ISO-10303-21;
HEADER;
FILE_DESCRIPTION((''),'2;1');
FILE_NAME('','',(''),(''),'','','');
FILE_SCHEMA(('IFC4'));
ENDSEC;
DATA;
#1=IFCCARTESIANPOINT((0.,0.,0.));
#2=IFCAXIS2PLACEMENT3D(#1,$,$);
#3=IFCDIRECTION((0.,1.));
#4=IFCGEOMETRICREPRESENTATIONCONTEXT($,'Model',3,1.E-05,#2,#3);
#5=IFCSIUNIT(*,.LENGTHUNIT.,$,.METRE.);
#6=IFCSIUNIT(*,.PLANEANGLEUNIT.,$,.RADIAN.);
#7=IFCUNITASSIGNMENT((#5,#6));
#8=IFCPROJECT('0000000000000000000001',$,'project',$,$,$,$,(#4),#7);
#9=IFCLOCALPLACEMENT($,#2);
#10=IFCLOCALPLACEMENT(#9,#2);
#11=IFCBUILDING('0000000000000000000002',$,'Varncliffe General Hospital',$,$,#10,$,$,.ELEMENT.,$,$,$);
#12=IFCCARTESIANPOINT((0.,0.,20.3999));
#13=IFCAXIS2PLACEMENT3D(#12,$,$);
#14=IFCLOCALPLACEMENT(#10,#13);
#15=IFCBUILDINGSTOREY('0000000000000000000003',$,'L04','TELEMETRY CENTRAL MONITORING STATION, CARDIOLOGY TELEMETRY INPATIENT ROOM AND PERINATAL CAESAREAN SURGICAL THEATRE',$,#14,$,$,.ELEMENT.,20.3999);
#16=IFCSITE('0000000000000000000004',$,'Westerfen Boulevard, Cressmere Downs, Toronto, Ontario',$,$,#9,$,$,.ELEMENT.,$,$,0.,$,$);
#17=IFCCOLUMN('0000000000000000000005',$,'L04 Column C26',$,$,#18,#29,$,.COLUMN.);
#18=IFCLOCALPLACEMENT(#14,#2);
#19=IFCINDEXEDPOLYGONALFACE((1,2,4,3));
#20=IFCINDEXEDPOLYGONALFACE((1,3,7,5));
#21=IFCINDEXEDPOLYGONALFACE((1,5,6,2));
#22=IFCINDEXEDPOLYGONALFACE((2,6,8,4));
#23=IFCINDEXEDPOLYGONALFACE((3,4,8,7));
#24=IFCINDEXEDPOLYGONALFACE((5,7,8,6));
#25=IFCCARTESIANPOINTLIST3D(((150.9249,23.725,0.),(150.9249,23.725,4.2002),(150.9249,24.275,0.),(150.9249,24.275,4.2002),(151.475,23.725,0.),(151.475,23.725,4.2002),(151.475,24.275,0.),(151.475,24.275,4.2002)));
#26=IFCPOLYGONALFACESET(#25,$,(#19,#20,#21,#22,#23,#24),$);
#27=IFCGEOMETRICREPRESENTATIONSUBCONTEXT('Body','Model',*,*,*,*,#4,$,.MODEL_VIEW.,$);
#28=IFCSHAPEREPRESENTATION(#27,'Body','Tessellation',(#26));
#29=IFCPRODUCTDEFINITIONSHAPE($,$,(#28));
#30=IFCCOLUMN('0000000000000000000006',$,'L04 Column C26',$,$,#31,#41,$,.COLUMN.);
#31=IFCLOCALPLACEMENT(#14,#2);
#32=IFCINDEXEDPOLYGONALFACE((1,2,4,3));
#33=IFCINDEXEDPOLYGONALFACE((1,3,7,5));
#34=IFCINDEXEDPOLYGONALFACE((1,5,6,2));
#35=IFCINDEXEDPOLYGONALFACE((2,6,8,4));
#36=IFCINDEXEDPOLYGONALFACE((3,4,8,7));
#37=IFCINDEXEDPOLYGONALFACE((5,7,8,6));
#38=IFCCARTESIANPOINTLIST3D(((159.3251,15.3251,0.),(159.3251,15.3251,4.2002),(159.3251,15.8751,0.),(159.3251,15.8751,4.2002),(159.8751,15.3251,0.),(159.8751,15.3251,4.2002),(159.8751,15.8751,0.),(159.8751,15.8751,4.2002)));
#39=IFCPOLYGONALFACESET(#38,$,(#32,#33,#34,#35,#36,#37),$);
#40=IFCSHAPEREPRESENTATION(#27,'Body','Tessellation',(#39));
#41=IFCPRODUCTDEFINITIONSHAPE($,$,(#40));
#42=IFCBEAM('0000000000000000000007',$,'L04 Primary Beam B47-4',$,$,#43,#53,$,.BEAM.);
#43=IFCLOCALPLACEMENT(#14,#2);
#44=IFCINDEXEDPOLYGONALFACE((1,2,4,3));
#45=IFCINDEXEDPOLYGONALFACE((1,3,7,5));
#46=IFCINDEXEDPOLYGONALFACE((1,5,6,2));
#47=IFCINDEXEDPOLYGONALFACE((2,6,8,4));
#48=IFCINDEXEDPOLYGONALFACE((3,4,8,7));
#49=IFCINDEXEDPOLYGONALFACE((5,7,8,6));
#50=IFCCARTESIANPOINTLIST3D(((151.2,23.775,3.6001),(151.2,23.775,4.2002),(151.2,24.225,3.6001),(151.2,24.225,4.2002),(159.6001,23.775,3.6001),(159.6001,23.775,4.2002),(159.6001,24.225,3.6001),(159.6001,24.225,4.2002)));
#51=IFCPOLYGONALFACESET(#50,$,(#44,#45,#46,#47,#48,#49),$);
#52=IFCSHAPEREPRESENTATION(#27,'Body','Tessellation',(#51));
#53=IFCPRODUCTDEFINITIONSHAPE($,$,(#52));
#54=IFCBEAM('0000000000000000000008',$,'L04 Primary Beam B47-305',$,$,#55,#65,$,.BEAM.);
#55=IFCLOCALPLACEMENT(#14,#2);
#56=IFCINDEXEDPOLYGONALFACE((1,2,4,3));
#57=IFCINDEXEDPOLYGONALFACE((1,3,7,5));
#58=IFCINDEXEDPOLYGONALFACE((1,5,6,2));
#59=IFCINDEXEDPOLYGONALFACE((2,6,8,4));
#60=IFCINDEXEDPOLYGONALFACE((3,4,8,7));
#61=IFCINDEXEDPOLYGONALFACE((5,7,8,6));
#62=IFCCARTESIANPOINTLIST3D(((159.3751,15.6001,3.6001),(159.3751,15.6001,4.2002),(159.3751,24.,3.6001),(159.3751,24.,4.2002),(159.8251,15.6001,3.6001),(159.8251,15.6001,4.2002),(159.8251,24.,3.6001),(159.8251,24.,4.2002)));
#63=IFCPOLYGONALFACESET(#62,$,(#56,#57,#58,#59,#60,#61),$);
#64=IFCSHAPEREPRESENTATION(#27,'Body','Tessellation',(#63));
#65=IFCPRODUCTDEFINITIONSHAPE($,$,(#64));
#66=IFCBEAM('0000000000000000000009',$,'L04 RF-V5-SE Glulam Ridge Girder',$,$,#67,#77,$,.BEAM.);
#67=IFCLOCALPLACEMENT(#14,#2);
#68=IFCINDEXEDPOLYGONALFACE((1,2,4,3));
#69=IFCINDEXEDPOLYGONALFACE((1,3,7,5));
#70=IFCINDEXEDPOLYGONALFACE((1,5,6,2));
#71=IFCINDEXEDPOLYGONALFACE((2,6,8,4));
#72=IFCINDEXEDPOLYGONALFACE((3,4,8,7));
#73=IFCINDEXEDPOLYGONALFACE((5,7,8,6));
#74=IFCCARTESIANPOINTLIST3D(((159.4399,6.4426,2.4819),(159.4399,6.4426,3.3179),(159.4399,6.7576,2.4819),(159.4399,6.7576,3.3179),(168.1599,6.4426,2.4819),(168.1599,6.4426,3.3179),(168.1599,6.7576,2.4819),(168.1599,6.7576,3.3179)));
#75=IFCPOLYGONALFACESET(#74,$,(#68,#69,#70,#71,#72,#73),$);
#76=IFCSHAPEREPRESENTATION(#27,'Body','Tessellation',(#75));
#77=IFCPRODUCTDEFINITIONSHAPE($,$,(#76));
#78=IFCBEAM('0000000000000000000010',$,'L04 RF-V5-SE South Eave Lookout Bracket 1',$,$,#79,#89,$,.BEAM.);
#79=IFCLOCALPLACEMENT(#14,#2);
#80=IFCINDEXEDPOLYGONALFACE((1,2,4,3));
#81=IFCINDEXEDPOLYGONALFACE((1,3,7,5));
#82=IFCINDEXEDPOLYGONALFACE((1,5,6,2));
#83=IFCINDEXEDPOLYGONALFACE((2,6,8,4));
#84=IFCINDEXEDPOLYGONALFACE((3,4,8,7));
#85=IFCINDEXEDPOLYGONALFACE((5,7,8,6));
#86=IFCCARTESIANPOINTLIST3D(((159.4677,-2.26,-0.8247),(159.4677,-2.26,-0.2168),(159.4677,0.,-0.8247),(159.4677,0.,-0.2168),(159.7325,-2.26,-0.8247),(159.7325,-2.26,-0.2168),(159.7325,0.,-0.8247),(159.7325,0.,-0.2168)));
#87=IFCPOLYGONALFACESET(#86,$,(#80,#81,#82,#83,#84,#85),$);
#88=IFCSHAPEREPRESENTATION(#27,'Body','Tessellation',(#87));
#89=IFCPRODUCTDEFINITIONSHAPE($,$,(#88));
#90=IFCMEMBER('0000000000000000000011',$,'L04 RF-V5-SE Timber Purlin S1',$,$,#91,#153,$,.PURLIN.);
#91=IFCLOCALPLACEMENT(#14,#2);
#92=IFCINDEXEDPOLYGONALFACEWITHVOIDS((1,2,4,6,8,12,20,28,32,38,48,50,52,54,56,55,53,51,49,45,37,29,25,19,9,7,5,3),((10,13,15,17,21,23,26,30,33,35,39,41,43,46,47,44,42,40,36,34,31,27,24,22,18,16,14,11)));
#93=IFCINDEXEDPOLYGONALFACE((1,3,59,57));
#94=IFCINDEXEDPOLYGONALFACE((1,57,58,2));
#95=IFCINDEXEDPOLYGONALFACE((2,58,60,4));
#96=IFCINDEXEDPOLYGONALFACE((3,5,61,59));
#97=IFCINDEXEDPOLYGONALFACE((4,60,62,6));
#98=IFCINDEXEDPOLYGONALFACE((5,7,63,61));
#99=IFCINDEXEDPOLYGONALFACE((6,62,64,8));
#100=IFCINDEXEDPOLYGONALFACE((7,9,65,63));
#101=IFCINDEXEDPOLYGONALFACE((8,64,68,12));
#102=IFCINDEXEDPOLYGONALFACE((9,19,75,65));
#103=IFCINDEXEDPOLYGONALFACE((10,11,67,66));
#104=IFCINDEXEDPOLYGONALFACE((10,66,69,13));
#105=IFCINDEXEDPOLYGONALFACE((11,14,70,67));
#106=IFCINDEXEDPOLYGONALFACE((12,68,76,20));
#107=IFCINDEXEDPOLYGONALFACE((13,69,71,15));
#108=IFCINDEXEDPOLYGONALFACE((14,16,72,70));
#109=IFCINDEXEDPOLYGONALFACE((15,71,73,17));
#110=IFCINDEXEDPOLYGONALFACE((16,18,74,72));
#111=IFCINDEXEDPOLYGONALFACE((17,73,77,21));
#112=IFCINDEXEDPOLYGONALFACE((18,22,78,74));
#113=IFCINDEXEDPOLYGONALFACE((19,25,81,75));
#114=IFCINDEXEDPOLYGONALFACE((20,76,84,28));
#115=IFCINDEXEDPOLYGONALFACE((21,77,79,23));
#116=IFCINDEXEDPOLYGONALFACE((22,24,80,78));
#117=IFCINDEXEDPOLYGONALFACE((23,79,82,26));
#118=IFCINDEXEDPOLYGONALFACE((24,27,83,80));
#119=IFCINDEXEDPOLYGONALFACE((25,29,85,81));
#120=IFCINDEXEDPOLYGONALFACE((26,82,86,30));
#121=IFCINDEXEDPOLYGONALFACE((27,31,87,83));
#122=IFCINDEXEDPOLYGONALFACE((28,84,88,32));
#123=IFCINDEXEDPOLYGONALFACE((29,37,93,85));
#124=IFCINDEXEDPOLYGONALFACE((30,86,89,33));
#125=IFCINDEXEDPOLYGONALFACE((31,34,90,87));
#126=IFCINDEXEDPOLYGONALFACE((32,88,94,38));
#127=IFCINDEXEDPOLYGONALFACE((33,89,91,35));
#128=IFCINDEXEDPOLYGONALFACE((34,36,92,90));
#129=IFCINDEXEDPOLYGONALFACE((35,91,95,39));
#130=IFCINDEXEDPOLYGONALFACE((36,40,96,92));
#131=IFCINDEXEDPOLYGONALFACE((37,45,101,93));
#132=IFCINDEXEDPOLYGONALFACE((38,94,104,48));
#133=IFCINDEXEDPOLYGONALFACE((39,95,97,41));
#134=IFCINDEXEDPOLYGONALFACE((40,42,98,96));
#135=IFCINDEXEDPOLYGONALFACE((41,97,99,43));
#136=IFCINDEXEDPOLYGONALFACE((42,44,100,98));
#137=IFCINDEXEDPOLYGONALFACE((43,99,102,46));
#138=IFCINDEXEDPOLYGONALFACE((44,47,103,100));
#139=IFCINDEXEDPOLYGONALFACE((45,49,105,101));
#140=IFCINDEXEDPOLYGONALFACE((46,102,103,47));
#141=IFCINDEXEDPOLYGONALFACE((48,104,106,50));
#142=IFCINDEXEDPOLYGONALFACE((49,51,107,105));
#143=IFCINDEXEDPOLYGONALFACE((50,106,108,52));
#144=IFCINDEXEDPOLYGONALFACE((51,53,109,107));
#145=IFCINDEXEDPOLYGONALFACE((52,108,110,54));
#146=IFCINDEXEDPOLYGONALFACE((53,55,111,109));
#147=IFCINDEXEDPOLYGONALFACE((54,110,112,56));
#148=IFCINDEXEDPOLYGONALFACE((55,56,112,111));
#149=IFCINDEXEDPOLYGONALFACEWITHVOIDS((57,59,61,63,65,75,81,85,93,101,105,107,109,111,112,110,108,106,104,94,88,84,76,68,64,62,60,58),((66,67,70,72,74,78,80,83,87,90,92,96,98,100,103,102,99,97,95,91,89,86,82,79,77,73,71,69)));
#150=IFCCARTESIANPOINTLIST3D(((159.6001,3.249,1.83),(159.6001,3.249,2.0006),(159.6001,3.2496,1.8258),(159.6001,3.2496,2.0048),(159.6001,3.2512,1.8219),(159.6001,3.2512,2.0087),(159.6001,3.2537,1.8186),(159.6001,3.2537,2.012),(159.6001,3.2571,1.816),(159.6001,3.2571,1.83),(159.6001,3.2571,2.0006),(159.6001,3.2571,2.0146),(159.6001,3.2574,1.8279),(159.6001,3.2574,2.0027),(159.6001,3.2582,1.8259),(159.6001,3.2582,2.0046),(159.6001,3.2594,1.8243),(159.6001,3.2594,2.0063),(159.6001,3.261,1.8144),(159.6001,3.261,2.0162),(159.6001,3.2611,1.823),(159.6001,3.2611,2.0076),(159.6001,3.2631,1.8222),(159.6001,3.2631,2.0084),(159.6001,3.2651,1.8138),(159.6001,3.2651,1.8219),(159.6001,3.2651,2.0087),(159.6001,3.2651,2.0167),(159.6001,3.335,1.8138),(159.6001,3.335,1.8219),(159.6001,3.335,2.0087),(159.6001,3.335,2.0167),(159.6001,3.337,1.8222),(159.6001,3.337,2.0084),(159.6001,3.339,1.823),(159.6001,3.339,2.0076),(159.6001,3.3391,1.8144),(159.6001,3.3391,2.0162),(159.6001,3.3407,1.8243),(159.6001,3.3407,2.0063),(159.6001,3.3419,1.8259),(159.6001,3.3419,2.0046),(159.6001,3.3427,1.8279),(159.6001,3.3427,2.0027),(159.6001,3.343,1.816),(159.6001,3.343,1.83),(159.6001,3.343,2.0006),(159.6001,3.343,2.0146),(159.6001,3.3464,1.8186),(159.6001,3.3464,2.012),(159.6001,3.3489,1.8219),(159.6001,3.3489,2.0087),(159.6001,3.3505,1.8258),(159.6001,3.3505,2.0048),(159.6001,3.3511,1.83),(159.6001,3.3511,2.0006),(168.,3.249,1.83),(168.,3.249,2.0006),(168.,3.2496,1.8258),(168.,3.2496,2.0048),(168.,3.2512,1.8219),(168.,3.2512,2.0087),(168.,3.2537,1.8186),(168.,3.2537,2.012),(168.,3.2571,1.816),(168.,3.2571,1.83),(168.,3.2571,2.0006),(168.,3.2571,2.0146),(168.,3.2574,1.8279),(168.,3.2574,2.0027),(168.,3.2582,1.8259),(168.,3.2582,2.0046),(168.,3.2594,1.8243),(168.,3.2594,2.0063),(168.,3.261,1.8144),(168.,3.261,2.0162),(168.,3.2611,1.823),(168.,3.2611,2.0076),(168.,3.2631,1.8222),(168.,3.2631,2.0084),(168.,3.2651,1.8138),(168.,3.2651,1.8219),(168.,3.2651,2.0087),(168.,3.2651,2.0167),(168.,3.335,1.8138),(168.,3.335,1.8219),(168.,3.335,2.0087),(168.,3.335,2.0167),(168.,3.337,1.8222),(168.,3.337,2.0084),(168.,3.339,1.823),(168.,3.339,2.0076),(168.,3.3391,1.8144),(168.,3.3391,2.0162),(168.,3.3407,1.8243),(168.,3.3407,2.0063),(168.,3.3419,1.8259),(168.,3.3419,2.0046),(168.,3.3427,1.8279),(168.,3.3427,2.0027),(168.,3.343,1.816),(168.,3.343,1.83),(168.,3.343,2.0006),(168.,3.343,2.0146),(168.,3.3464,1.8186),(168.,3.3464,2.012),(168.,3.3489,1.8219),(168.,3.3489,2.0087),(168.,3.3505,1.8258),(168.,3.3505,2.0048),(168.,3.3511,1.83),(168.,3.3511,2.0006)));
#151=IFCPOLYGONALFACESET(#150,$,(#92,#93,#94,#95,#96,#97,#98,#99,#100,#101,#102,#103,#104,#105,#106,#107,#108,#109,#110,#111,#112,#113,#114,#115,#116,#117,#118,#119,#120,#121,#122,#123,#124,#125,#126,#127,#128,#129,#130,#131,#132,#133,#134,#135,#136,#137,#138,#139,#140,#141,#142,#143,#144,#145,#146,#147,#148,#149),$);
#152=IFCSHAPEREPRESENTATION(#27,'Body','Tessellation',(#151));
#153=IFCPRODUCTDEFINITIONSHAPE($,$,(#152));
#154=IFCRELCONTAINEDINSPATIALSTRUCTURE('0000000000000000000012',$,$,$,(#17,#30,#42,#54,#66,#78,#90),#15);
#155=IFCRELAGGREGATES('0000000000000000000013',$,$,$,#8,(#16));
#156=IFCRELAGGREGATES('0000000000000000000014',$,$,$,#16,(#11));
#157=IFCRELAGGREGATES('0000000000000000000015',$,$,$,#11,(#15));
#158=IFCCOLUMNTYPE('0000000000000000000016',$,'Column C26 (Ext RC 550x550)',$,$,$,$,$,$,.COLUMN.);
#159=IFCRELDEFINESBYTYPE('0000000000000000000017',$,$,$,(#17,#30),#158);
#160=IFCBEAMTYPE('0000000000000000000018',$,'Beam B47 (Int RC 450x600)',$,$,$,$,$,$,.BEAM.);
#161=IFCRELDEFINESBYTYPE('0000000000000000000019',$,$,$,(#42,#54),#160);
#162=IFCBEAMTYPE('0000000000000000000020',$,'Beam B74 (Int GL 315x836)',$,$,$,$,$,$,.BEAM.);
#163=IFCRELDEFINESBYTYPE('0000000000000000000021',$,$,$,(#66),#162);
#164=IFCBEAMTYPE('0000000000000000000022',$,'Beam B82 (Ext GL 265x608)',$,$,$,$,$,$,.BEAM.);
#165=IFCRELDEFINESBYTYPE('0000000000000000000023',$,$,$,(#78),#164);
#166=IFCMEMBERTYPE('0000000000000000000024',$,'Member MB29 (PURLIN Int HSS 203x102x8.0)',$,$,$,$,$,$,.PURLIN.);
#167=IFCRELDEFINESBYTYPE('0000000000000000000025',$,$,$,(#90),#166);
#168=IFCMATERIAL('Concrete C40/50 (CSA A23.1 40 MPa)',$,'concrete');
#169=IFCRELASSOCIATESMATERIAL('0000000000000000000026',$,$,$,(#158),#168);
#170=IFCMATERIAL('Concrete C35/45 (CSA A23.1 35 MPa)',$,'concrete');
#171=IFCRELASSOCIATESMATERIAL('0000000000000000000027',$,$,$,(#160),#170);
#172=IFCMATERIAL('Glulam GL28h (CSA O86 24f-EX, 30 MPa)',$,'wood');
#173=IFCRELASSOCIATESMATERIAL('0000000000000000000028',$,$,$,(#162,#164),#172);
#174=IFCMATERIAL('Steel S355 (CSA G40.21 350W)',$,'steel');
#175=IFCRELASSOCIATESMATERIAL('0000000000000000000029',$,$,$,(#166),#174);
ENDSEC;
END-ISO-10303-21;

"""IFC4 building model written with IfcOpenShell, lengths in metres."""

from ifc_helpers import new_model, si_unit, direction, frame, origin, origin_2d, place, context, subcontext, project, spatial, rectangle, hollow_rectangle, extrude, material, material_profile, profile_set, type_object, element, save


model = new_model("IFC4")

# Units and contexts
model_context = context("Model", 3, precision=1e-05, world=origin(), true_north=direction((0.0, 1.0)))
body_context = subcontext(model_context, "Body", "Model", "MODEL_VIEW")
ifc_project = project(units=[si_unit("LENGTHUNIT", "METRE"), si_unit("PLANEANGLEUNIT", "RADIAN")], contexts=[model_context])

# Site, building, storey
site_placement = place(None, origin())
site = spatial("IfcSite", under=ifc_project, at=site_placement, Name="Westerfen Boulevard, Cressmere Downs, Toronto, Ontario", CompositionType="ELEMENT", RefElevation=0.0)
building_placement = place(site_placement, origin())
building = spatial("IfcBuilding", under=site, at=building_placement, Name="Varncliffe General Hospital", CompositionType="ELEMENT")
storey_placement = place(building_placement, frame((0.0, 0.0, 20.3999)))
storey = spatial("IfcBuildingStorey", under=building, at=storey_placement, Name="L04", Description="TELEMETRY CENTRAL MONITORING STATION, CARDIOLOGY TELEMETRY INPATIENT ROOM AND PERINATAL CAESAREAN SURGICAL THEATRE", CompositionType="ELEMENT", Elevation=20.3999)

# Columns
ifc_material_1 = material(Name="Concrete C40/50 (CSA A23.1 40 MPa)", Category="concrete")
ifc_material_profile_1 = material_profile(ifc_material_1, rectangle(XDim=0.55, YDim=0.55, at=origin_2d()), Name="RC 550x550")
ifc_profile_set_1 = profile_set([ifc_material_profile_1], Name="Concrete C40/50 (CSA A23.1 40 MPa)")
column_type = type_object("IfcColumnType", Name="Column C26 (Ext RC 550x550)", PredefinedType="COLUMN", material=ifc_profile_set_1)
for number, where, z_axis, x_axis, name in (
    (1, (151.2, 24.0, 0.0), (0.0, 0.0, 1.0), (1.0, 0.0, 0.0), "L04 Column C26"),
    (2, (159.6001, 15.6001, 0.0), (0.0, 0.0, 1.0), (1.0, 0.0, 0.0), "L04 Column C26"),
):
    element("IfcColumn", number, at=place(storey_placement, frame(where, z_axis=z_axis, x_axis=x_axis)), inside=storey, type_object=column_type, Name=name, PredefinedType="COLUMN", context=body_context, shape_type="SweptSolid", body=[
        extrude(rectangle(XDim=0.55, YDim=0.55, at=origin_2d()), origin(), (0.0, 0.0, 1.0), 4.2002),
    ])

# Beams
ifc_material_2 = material(Name="Concrete C35/45 (CSA A23.1 35 MPa)", Category="concrete")
ifc_material_profile_2 = material_profile(ifc_material_2, rectangle(XDim=0.45, YDim=0.6001, at=origin_2d()), Name="RC 450x600")
ifc_profile_set_2 = profile_set([ifc_material_profile_2], Name="Concrete C35/45 (CSA A23.1 35 MPa)")
beam_type_1 = type_object("IfcBeamType", Name="Beam B47 (Int RC 450x600)", PredefinedType="BEAM", material=ifc_profile_set_2)
beam_1_placement = place(storey_placement, frame((151.2, 24.0, 3.9001), z_axis=(1.0, 0.0, 0.0), x_axis=(0.0, 1.0, 0.0)))
element("IfcBeam", 3, at=beam_1_placement, inside=storey, type_object=beam_type_1, Name="L04 Primary Beam B47-4", PredefinedType="BEAM", context=body_context, shape_type="SweptSolid", body=[
    extrude(rectangle(XDim=0.45, YDim=0.6001, at=origin_2d()), origin(), (0.0, 0.0, 1.0), 8.4001),
])
beam_2_placement = place(storey_placement, frame((159.6001, 15.6001, 3.9001), z_axis=(0.0, 1.0, 0.0), x_axis=(-1.0, 0.0, 0.0)))
element("IfcBeam", 4, at=beam_2_placement, inside=storey, type_object=beam_type_1, Name="L04 Primary Beam B47-305", PredefinedType="BEAM", context=body_context, shape_type="SweptSolid", body=[
    extrude(rectangle(XDim=0.45, YDim=0.6001, at=origin_2d()), origin(), (0.0, 0.0, 1.0), 8.3999),
])
ifc_material_3 = material(Name="Glulam GL28h (CSA O86 24f-EX, 30 MPa)", Category="wood")
ifc_material_profile_3 = material_profile(ifc_material_3, rectangle(XDim=0.3149, YDim=0.8359, at=origin_2d()), Name="GL 315x836")
ifc_profile_set_3 = profile_set([ifc_material_profile_3], Name="Glulam GL28h (CSA O86 24f-EX, 30 MPa)")
beam_type_2 = type_object("IfcBeamType", Name="Beam B74 (Int GL 315x836)", PredefinedType="BEAM", material=ifc_profile_set_3)
beam_3_placement = place(storey_placement, frame((159.4399, 6.6001, 2.8999), z_axis=(1.0, 0.0, 0.0), x_axis=(0.0, 1.0, 0.0)))
element("IfcBeam", 5, at=beam_3_placement, inside=storey, type_object=beam_type_2, Name="L04 RF-V5-SE Glulam Ridge Girder", PredefinedType="BEAM", context=body_context, shape_type="SweptSolid", body=[
    extrude(rectangle(XDim=0.3149, YDim=0.8359, at=origin_2d()), origin(), (0.0, 0.0, 1.0), 8.72),
])
ifc_material_profile_4 = material_profile(ifc_material_3, rectangle(XDim=0.2649, YDim=0.6079, at=origin_2d()), Name="GL 265x608")
ifc_profile_set_4 = profile_set([ifc_material_profile_4], Name="Glulam GL28h (CSA O86 24f-EX, 30 MPa)")
beam_type_3 = type_object("IfcBeamType", Name="Beam B82 (Ext GL 265x608)", PredefinedType="BEAM", material=ifc_profile_set_4)
beam_4_placement = place(storey_placement, frame((159.6001, -2.26, -0.5208), z_axis=(0.0, 1.0, 0.0), x_axis=(-1.0, 0.0, 0.0)))
element("IfcBeam", 6, at=beam_4_placement, inside=storey, type_object=beam_type_3, Name="L04 RF-V5-SE South Eave Lookout Bracket 1", PredefinedType="BEAM", context=body_context, shape_type="SweptSolid", body=[
    extrude(rectangle(XDim=0.2649, YDim=0.6079, at=origin_2d()), origin(), (0.0, 0.0, 1.0), 2.26),
])

# Member
ifc_material_4 = material(Name="Steel S355 (CSA G40.21 350W)", Category="steel")
ifc_material_profile_5 = material_profile(ifc_material_4, hollow_rectangle(XDim=0.1021, YDim=0.2029, WallThickness=0.0081, InnerFilletRadius=0.0081, OuterFilletRadius=0.0161, at=origin_2d()), Name="HSS 203x102x8.0")
ifc_profile_set_5 = profile_set([ifc_material_profile_5], Name="Steel S355 (CSA G40.21 350W)")
member_type_1 = type_object("IfcMemberType", Name="Member MB29 (PURLIN Int HSS 203x102x8.0)", PredefinedType="PURLIN", material=ifc_profile_set_5)
for number, where, z_axis, x_axis, name in (
    (7, (159.6001, 3.3, 1.9153), (1.0, 0.0, 0.0), (0.0, 1.0, 0.0), "L04 RF-V5-SE Timber Purlin S1"),
):
    element("IfcMember", number, at=place(storey_placement, frame(where, z_axis=z_axis, x_axis=x_axis)), inside=storey, type_object=member_type_1, Name=name, PredefinedType="PURLIN", context=body_context, shape_type="SweptSolid", body=[
        extrude(hollow_rectangle(XDim=0.1021, YDim=0.2029, WallThickness=0.0081, InnerFilletRadius=0.0081, OuterFilletRadius=0.0161, at=origin_2d()), origin(), (0.0, 0.0, 1.0), 8.3999),
    ])

save(model, "model.ifc")
